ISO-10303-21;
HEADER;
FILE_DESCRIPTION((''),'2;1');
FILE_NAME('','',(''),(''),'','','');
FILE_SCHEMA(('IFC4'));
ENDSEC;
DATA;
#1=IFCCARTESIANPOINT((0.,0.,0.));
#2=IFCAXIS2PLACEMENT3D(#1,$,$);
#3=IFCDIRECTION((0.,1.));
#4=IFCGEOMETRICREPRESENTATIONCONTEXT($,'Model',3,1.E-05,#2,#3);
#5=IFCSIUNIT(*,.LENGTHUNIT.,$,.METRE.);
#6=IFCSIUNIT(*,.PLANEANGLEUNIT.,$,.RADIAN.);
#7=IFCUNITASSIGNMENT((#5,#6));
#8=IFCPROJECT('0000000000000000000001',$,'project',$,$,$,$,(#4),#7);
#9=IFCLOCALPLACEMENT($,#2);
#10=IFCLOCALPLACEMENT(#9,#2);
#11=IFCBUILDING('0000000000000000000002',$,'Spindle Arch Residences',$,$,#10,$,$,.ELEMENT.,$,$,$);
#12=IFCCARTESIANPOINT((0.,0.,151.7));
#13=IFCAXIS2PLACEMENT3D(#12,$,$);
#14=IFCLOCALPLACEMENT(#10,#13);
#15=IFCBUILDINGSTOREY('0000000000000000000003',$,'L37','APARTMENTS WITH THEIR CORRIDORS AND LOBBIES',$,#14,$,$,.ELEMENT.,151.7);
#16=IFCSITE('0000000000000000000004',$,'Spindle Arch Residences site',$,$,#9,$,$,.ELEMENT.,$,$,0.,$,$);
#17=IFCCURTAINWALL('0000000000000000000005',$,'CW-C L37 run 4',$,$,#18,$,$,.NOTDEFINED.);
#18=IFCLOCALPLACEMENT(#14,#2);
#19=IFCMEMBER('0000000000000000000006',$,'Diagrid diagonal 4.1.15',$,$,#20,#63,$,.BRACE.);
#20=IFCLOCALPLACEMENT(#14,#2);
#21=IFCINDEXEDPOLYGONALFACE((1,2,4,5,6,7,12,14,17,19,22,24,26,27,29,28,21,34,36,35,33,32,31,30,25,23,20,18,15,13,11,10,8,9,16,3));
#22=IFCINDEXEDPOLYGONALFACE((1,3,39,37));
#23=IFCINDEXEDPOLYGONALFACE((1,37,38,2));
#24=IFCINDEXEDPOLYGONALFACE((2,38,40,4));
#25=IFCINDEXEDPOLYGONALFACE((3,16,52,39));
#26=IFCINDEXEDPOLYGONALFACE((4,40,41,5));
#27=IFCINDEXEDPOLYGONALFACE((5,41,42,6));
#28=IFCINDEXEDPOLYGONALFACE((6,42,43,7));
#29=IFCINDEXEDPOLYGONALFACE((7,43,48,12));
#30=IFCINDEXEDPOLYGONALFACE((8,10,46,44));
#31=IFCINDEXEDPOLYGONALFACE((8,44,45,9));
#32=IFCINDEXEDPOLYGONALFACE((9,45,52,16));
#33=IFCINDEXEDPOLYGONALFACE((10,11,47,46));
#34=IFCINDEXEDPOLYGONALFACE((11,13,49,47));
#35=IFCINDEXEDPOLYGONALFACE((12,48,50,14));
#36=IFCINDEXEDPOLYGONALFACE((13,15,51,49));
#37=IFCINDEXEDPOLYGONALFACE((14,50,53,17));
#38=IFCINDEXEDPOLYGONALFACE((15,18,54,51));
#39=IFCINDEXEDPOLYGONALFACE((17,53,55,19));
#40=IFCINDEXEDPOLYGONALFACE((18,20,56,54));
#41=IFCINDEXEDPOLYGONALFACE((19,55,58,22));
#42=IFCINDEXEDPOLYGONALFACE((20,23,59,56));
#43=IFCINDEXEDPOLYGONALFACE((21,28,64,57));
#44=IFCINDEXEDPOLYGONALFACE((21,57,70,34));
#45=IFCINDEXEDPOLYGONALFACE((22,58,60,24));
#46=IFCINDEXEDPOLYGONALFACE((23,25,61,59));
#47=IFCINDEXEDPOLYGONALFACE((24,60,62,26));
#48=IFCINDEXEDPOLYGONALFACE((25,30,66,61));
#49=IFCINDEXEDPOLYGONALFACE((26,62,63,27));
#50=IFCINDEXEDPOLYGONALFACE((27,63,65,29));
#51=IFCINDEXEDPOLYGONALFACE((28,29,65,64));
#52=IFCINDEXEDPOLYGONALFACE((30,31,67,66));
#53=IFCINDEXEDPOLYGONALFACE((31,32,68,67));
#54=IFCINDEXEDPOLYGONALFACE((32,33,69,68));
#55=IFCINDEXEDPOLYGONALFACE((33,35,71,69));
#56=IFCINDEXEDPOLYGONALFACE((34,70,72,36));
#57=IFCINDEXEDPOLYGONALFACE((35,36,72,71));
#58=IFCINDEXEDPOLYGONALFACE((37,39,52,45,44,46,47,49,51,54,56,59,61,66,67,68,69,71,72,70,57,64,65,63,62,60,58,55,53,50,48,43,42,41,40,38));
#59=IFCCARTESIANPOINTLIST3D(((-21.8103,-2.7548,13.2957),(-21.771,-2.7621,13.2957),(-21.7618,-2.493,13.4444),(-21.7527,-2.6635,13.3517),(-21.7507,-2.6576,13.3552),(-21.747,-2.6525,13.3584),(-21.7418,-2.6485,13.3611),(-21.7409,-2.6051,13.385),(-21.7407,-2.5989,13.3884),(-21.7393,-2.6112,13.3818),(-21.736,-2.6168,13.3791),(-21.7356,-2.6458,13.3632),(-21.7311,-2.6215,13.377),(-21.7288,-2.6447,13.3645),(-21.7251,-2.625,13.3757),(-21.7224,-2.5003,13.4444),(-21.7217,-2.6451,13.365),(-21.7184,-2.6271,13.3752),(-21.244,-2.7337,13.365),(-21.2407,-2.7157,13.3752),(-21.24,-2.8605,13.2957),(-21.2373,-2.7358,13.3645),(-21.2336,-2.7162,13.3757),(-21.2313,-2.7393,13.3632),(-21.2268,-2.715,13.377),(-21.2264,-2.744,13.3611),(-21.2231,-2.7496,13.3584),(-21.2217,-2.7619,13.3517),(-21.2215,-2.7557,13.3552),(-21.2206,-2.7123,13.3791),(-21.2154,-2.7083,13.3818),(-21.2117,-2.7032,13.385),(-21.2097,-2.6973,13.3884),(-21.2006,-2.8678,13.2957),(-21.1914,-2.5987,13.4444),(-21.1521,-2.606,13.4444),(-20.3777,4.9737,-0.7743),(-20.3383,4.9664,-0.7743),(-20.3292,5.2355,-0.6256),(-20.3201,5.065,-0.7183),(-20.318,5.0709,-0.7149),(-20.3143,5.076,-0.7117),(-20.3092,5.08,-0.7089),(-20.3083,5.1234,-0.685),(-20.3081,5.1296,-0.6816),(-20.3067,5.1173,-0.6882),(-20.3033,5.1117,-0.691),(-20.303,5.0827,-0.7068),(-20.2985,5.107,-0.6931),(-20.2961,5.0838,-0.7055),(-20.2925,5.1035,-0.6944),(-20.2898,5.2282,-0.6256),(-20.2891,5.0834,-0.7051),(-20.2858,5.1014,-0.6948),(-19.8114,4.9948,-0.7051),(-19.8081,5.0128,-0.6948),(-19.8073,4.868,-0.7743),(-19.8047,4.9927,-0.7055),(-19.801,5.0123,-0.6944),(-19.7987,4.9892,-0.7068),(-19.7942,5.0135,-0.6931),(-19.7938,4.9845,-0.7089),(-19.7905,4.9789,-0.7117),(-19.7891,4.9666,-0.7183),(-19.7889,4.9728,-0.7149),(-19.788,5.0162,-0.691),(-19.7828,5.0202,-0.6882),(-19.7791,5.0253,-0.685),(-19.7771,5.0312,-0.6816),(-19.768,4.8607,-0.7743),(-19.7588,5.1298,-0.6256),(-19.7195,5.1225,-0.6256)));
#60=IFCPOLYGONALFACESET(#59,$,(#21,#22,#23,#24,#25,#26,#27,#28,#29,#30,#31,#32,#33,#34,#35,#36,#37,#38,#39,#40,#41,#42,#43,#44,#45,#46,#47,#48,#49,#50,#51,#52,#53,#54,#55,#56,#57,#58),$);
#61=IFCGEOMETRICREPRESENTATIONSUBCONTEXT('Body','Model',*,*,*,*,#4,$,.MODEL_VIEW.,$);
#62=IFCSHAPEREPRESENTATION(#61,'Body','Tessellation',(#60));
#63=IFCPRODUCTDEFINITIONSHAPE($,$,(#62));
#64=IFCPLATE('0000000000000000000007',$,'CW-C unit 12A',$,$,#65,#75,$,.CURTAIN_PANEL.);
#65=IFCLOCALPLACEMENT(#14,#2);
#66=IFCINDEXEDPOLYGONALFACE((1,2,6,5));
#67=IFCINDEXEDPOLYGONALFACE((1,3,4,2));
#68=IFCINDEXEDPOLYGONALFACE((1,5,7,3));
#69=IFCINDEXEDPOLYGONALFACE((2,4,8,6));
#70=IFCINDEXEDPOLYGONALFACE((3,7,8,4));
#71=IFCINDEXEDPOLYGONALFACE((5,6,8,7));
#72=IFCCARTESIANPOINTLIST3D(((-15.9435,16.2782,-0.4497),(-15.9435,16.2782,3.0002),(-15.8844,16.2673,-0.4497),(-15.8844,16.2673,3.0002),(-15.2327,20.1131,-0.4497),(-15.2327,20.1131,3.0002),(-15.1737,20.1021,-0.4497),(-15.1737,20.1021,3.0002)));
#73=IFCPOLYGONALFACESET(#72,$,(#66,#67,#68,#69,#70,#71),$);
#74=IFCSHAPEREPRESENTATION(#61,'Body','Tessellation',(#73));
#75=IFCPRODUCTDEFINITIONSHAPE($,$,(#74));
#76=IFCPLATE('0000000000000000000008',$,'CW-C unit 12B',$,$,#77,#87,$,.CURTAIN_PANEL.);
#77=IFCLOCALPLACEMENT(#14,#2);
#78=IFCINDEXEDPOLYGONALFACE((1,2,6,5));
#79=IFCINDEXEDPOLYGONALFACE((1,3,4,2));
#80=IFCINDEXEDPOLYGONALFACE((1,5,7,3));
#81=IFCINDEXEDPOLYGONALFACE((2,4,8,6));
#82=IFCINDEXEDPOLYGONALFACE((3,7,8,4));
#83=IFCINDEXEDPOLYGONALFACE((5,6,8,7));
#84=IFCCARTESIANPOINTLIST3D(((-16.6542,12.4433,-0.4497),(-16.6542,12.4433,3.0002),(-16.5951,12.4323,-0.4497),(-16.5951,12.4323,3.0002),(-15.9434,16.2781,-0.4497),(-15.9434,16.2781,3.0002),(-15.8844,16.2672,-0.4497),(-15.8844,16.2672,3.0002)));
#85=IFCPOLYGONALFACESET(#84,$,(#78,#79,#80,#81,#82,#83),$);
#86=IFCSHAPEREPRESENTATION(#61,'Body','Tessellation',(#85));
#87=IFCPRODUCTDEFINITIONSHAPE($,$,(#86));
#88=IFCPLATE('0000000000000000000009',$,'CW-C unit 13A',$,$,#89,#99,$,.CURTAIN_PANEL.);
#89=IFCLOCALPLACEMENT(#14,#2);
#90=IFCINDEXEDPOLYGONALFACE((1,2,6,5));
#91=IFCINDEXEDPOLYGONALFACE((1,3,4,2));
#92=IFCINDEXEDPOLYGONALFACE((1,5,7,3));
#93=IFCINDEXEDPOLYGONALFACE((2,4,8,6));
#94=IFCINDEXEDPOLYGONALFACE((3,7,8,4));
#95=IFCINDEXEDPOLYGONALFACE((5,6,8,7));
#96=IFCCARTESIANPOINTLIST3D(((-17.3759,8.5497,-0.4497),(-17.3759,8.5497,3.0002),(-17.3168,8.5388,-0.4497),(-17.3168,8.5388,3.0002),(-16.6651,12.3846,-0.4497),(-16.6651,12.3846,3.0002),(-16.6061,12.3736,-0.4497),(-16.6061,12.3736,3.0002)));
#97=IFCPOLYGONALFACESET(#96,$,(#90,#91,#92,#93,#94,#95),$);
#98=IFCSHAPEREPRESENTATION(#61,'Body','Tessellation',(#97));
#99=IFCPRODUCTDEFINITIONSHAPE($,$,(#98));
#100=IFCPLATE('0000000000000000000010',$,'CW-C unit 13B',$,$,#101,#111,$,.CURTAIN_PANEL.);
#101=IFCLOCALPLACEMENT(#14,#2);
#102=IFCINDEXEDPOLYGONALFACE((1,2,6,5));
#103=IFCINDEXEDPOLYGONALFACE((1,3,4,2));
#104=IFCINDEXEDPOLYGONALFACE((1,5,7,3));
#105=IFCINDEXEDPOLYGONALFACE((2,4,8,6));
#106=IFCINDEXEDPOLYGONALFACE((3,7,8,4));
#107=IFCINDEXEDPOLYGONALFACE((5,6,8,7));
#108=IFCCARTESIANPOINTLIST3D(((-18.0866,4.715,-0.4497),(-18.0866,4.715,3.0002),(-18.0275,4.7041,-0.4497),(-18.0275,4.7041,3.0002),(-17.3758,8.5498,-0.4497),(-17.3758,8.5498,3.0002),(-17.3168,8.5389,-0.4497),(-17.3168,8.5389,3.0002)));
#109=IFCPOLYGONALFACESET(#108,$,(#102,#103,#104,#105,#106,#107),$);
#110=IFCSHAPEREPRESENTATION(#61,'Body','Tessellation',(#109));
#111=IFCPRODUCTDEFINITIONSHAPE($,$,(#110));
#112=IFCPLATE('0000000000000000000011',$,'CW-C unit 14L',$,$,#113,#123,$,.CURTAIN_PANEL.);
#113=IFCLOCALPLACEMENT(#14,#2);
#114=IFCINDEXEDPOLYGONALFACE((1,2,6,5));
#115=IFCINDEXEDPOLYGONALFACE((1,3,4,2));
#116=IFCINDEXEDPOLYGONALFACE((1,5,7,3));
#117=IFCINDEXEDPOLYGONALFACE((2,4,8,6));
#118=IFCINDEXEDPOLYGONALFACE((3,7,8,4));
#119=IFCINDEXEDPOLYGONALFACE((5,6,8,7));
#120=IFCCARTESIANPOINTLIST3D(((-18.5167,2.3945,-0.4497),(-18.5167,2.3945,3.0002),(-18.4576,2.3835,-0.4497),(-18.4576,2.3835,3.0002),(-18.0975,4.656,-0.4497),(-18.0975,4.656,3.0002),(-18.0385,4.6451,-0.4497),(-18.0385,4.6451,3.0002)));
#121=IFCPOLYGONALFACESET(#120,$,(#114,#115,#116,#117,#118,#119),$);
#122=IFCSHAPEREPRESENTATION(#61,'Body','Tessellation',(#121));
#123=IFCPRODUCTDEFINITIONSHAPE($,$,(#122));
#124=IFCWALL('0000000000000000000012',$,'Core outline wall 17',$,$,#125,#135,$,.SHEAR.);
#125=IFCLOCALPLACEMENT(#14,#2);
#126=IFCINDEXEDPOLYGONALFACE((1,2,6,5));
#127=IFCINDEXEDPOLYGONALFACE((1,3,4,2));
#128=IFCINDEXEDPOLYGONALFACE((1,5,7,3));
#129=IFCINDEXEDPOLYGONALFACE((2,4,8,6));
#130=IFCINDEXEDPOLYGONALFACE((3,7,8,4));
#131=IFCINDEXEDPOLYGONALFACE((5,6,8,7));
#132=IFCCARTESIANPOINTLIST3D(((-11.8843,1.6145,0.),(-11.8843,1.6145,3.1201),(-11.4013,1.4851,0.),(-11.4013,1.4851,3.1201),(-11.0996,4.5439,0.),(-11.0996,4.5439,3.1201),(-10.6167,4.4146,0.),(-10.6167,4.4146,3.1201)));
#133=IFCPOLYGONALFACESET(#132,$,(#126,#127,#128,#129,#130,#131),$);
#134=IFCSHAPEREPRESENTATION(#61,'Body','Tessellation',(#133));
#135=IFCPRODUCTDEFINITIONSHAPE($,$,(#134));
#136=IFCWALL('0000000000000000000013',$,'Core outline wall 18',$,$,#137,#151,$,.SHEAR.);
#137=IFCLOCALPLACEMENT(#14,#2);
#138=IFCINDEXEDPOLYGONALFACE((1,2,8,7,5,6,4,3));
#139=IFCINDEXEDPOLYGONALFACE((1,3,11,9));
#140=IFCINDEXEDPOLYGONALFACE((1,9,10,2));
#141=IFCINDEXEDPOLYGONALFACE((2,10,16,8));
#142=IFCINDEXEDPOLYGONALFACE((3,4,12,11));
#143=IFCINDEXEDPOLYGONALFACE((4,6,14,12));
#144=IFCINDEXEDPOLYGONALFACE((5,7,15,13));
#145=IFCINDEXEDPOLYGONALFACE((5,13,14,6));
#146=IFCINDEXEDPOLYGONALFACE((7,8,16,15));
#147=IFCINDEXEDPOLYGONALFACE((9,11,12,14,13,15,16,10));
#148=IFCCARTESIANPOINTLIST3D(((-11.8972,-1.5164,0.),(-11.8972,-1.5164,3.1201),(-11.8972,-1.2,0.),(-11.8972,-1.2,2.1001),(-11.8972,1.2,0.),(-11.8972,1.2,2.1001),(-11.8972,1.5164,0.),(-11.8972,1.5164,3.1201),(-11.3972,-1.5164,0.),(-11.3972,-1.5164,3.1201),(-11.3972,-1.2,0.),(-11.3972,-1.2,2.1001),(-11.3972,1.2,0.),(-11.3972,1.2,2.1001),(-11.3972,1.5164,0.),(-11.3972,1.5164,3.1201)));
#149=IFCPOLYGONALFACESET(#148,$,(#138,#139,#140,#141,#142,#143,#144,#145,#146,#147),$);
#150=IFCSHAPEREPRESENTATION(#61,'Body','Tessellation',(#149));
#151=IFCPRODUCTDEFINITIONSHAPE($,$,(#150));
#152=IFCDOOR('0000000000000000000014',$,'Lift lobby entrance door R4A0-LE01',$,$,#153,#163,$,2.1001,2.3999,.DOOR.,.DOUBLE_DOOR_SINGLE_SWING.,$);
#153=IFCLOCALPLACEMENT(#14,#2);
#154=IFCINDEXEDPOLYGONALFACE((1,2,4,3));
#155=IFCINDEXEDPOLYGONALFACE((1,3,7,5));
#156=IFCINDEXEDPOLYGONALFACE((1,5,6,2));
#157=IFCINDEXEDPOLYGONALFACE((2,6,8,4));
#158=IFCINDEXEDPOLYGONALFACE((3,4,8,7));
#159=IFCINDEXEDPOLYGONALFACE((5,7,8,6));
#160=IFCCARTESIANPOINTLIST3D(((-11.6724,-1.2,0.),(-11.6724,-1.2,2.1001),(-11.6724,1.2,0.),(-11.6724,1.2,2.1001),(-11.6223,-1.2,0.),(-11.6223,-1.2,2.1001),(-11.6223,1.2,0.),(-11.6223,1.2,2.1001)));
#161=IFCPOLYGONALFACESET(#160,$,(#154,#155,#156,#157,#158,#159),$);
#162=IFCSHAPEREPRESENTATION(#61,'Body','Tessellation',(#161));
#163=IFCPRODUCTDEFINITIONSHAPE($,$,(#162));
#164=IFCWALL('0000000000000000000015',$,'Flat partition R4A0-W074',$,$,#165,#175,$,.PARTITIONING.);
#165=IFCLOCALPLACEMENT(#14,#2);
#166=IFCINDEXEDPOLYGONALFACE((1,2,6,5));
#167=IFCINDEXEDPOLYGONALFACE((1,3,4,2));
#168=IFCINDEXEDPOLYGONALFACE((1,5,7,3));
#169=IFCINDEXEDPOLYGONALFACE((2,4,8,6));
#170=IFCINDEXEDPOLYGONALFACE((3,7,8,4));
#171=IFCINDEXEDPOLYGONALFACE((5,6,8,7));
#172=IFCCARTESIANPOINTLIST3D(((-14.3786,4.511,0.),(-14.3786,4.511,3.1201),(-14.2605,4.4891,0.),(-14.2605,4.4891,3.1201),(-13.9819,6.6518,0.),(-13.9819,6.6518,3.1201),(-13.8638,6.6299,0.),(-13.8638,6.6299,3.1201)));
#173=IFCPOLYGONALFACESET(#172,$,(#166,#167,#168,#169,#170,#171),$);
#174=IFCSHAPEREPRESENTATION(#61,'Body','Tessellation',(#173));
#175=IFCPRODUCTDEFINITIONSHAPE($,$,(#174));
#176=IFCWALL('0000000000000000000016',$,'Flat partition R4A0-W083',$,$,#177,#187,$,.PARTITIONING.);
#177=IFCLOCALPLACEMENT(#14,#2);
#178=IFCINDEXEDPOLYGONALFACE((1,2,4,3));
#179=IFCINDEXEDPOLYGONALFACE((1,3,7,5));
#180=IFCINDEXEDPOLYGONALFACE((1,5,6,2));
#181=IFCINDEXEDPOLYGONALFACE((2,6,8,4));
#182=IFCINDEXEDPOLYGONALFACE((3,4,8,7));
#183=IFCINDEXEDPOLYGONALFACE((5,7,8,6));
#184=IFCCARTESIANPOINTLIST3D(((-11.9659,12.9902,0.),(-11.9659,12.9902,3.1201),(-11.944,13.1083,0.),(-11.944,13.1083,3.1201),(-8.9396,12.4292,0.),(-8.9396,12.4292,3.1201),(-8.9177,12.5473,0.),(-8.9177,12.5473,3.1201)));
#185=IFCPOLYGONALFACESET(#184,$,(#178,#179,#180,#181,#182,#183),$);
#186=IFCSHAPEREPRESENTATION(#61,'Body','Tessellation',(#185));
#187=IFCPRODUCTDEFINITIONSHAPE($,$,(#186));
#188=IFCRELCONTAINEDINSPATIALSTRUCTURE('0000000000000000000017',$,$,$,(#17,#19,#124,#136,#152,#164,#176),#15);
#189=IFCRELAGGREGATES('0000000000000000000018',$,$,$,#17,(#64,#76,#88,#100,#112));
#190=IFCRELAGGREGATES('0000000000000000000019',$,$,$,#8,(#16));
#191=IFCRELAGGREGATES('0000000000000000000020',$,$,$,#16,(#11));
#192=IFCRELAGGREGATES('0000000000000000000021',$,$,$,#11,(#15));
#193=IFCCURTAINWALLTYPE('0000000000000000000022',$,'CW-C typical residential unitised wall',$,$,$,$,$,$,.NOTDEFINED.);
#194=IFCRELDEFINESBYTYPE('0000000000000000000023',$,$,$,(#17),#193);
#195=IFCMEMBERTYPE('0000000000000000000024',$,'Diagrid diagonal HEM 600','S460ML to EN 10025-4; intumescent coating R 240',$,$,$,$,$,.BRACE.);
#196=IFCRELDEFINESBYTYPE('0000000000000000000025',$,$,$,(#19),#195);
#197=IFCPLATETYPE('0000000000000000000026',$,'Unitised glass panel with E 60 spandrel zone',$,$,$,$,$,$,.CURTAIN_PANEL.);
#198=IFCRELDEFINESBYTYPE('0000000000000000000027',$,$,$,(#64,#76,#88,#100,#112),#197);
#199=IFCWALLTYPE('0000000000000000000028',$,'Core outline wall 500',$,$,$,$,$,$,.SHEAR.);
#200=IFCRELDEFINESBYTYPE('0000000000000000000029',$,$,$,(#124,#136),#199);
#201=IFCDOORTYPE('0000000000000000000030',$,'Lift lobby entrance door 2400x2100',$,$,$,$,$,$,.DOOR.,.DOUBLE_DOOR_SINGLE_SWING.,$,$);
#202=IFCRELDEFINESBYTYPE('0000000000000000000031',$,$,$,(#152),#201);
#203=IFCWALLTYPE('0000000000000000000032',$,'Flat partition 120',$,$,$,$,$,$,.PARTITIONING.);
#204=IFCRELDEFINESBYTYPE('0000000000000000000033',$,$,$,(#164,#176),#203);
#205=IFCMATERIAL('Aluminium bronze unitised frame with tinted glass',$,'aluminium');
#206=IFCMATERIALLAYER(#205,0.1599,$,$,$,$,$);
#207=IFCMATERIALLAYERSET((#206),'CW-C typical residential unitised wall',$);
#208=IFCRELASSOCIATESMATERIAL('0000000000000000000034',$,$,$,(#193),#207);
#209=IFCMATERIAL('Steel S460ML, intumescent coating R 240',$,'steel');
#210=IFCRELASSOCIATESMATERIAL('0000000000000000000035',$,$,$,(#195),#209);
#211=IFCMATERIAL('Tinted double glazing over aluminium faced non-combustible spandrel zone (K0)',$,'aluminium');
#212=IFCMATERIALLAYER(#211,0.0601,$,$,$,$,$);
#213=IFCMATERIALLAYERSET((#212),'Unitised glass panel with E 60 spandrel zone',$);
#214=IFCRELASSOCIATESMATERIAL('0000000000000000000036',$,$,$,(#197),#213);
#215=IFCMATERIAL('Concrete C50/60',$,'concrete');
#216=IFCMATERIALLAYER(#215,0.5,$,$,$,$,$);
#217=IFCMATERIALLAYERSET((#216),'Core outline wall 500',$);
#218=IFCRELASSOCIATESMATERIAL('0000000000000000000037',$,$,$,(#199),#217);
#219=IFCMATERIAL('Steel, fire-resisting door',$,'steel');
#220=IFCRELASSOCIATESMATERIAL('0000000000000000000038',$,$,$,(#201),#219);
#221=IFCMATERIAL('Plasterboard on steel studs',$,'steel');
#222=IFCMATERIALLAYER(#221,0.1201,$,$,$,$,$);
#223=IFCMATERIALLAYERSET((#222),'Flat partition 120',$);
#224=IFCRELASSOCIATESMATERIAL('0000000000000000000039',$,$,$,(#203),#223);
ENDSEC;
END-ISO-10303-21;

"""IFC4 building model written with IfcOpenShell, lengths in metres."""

from ifc_helpers import new_model, si_unit, direction, frame, frame_2d, origin, origin_2d, place, context, subcontext, project, spatial, rectangle, i_section, extrude, material, layer, layer_set, material_profile, profile_set, type_object, element, fill, aggregate, save


model = new_model("IFC4")

# Units and contexts
model_context = context("Model", 3, precision=1e-05, world=origin(), true_north=direction((0.0, 1.0)))
body_context = subcontext(model_context, "Body", "Model", "MODEL_VIEW")
ifc_project = project(units=[si_unit("LENGTHUNIT", "METRE"), si_unit("PLANEANGLEUNIT", "RADIAN")], contexts=[model_context])

# Site, building, storey
site_placement = place(None, origin())
site = spatial("IfcSite", under=ifc_project, at=site_placement, Name="Spindle Arch Residences site", CompositionType="ELEMENT", RefElevation=0.0)
building_placement = place(site_placement, origin())
building = spatial("IfcBuilding", under=site, at=building_placement, Name="Spindle Arch Residences", CompositionType="ELEMENT")
storey_placement = place(building_placement, frame((0.0, 0.0, 151.7)))
storey = spatial("IfcBuildingStorey", under=building, at=storey_placement, Name="L37", Description="APARTMENTS WITH THEIR CORRIDORS AND LOBBIES", CompositionType="ELEMENT", Elevation=151.7)

# Curtain wall
ifc_material_1 = material(Name="Aluminium bronze unitised frame with tinted glass", Category="aluminium")
ifc_layer_1 = layer(ifc_material_1, 0.1599)
ifc_layer_set_1 = layer_set([ifc_layer_1], Name="CW-C typical residential unitised wall")
curtain_wall_type = type_object("IfcCurtainWallType", Name="CW-C typical residential unitised wall", PredefinedType="NOTDEFINED", material=ifc_layer_set_1)
curtain_wall_placement = place(storey_placement, origin())
curtain_wall = element("IfcCurtainWall", 1, at=curtain_wall_placement, inside=storey, type_object=curtain_wall_type, Name="CW-C L37 run 4", PredefinedType="NOTDEFINED")

# Member
ifc_material_2 = material(Name="Steel S460ML, intumescent coating R 240", Category="steel")
ifc_material_profile_1 = material_profile(ifc_material_2, i_section(OverallWidth=0.3049, OverallDepth=0.6201, WebThickness=0.021, FlangeThickness=0.04, FilletRadius=0.0271, at=origin_2d()), Name="HEM 600")
ifc_profile_set_1 = profile_set([ifc_material_profile_1], Name="Steel S460ML, intumescent coating R 240")
member_type_1 = type_object("IfcMemberType", Name="Diagrid diagonal HEM 600", Description="S460ML to EN 10025-4; intumescent coating R 240", PredefinedType="BRACE", material=ifc_profile_set_1)
for number, where, z_axis, x_axis, name in (
    (2, (-20.0486, 5.0481, -0.7), (-0.08889, -0.479534, 0.87301), (0.159117, 0.858387, 0.487703), "Diagrid diagonal 4.1.15"),
):
    element("IfcMember", number, at=place(storey_placement, frame(where, z_axis=z_axis, x_axis=x_axis)), inside=storey, type_object=member_type_1, Name=name, PredefinedType="BRACE", context=body_context, shape_type="SweptSolid", body=[
        extrude(i_section(OverallWidth=0.3049, OverallDepth=0.6201, WebThickness=0.021, FlangeThickness=0.04, FilletRadius=0.0271, at=origin_2d()), origin(), (0.0, 0.0, 1.0), 16.1167),
    ])

# Plates
ifc_material_3 = material(Name="Tinted double glazing over aluminium faced non-combustible spandrel zone (K0)", Category="aluminium")
ifc_layer_2 = layer(ifc_material_3, 0.0601)
ifc_layer_set_2 = layer_set([ifc_layer_2], Name="Unitised glass panel with E 60 spandrel zone")
plate_type = type_object("IfcPlateType", Name="Unitised glass panel with E 60 spandrel zone", PredefinedType="CURTAIN_PANEL", material=ifc_layer_set_2)
plate_1_placement = place(storey_placement, frame((-15.5586, 18.1902, -0.4497), z_axis=(0.0, 0.0, 1.0), x_axis=(-0.182236, -0.983255, 0.0)))
plate_1 = element("IfcPlate", 3, at=plate_1_placement, type_object=plate_type, Name="CW-C unit 12A", PredefinedType="CURTAIN_PANEL", context=body_context, shape_type="SweptSolid", body=[
    extrude(rectangle(XDim=3.9001, YDim=0.0601, at=origin_2d()), origin(), (0.0, 0.0, 1.0), 3.45),
])
plate_2_placement = place(storey_placement, frame((-16.2693, 14.3552, -0.4497), z_axis=(0.0, 0.0, 1.0), x_axis=(-0.182236, -0.983255, 0.0)))
plate_2 = element("IfcPlate", 4, at=plate_2_placement, type_object=plate_type, Name="CW-C unit 12B", PredefinedType="CURTAIN_PANEL", context=body_context, shape_type="SweptSolid", body=[
    extrude(rectangle(XDim=3.9001, YDim=0.0601, at=origin_2d()), origin(), (0.0, 0.0, 1.0), 3.45),
])
plate_3_placement = place(storey_placement, frame((-16.991, 10.4617, -0.4497), z_axis=(0.0, 0.0, 1.0), x_axis=(-0.182236, -0.983255, 0.0)))
plate_3 = element("IfcPlate", 5, at=plate_3_placement, type_object=plate_type, Name="CW-C unit 13A", PredefinedType="CURTAIN_PANEL", context=body_context, shape_type="SweptSolid", body=[
    extrude(rectangle(XDim=3.9001, YDim=0.0601, at=origin_2d()), origin(), (0.0, 0.0, 1.0), 3.45),
])
plate_4_placement = place(storey_placement, frame((-17.7017, 6.627, -0.4497), z_axis=(0.0, 0.0, 1.0), x_axis=(-0.182236, -0.983255, 0.0)))
plate_4 = element("IfcPlate", 6, at=plate_4_placement, type_object=plate_type, Name="CW-C unit 13B", PredefinedType="CURTAIN_PANEL", context=body_context, shape_type="SweptSolid", body=[
    extrude(rectangle(XDim=3.9001, YDim=0.0601, at=origin_2d()), origin(), (0.0, 0.0, 1.0), 3.45),
])
plate_5_placement = place(storey_placement, frame((-18.2776, 3.5198, -0.4497), z_axis=(0.0, 0.0, 1.0), x_axis=(-0.182236, -0.983255, 0.0)))
plate_5 = element("IfcPlate", 7, at=plate_5_placement, type_object=plate_type, Name="CW-C unit 14L", PredefinedType="CURTAIN_PANEL", context=body_context, shape_type="SweptSolid", body=[
    extrude(rectangle(XDim=2.3, YDim=0.0601, at=origin_2d()), origin(), (0.0, 0.0, 1.0), 3.45),
])
aggregate(curtain_wall, [plate_1, plate_2, plate_3, plate_4, plate_5])

# Wall
ifc_material_4 = material(Name="Concrete C50/60", Category="concrete")
ifc_layer_3 = layer(ifc_material_4, 0.5)
ifc_layer_set_3 = layer_set([ifc_layer_3], Name="Core outline wall 500")
wall_type_1 = type_object("IfcWallType", Name="Core outline wall 500", PredefinedType="SHEAR", material=ifc_layer_set_3)
wall_1_placement = place(storey_placement, frame((-10.8582, 4.4792, 0.0), z_axis=(0.0, 0.0, 1.0), x_axis=(-0.258735, -0.965948, 0.0)))
element("IfcWall", 8, at=wall_1_placement, inside=storey, type_object=wall_type_1, Name="Core outline wall 17", PredefinedType="SHEAR", context=body_context, shape_type="SweptSolid", body=[
    extrude(rectangle(XDim=3.0327, YDim=0.5, at=frame_2d((1.5164, 0.0))), origin(), (0.0, 0.0, 1.0), 3.1201),
])

# Wall, opening, door
wall_2_placement = place(storey_placement, frame((-11.6472, 1.5164, 0.0), z_axis=(0.0, 0.0, 1.0), x_axis=(0.0, -1.0, 0.0)))
wall_2 = element("IfcWall", 9, at=wall_2_placement, inside=storey, type_object=wall_type_1, Name="Core outline wall 18", PredefinedType="SHEAR", context=body_context, shape_type="SweptSolid", body=[
    extrude(rectangle(XDim=3.0327, YDim=0.5, at=frame_2d((1.5164, 0.0))), origin(), (0.0, 0.0, 1.0), 3.1201),
])
opening_1_placement = place(wall_2_placement, frame((0.3164, 0.0, 0.0)))
opening_1 = element("IfcOpeningElement", 10, at=opening_1_placement, cuts=wall_2, PredefinedType="OPENING", context=body_context, shape_type="SweptSolid", body=[
    extrude(rectangle(XDim=2.3999, YDim=2.1001, at=frame_2d((1.2, 1.05))), frame((0.0, 0.26, 0.0), z_axis=(0.0, -1.0, 0.0), x_axis=(1.0, 0.0, 0.0)), (0.0, 0.0, 1.0), 0.52),
])
ifc_material_5 = material(Name="Steel, fire-resisting door", Category="steel")
door_type_1 = type_object("IfcDoorType", Name="Lift lobby entrance door 2400x2100", OperationType="DOUBLE_DOOR_SINGLE_SWING", PredefinedType="DOOR", material=ifc_material_5)
door_1_placement = place(opening_1_placement, origin())
door_1 = element("IfcDoor", 11, at=door_1_placement, inside=storey, type_object=door_type_1, Name="Lift lobby entrance door R4A0-LE01", OperationType="DOUBLE_DOOR_SINGLE_SWING", OverallHeight=2.1001, OverallWidth=2.3999, PredefinedType="DOOR", context=body_context, shape_type="SweptSolid", body=[
    extrude(rectangle(XDim=2.3999, YDim=2.1001, at=frame_2d((1.2, 1.05))), frame((0.0, 0.0249, 0.0), z_axis=(0.0, -1.0, 0.0), x_axis=(1.0, 0.0, 0.0)), (0.0, 0.0, 1.0), 0.05),
])
fill(opening_1, door_1)

# Walls
ifc_material_6 = material(Name="Plasterboard on steel studs", Category="steel")
ifc_layer_4 = layer(ifc_material_6, 0.1201)
ifc_layer_set_4 = layer_set([ifc_layer_4], Name="Flat partition 120")
wall_type_2 = type_object("IfcWallType", Name="Flat partition 120", PredefinedType="PARTITIONING", material=ifc_layer_set_4)
wall_3_placement = place(storey_placement, frame((-13.9229, 6.6409, 0.0), z_axis=(0.0, 0.0, 1.0), x_axis=(-0.18221, -0.98326, 0.0)))
element("IfcWall", 12, at=wall_3_placement, inside=storey, type_object=wall_type_2, Name="Flat partition R4A0-W074", PredefinedType="PARTITIONING", context=body_context, shape_type="SweptSolid", body=[
    extrude(rectangle(XDim=2.1772, YDim=0.1201, at=frame_2d((1.0886, 0.0))), origin(), (0.0, 0.0, 1.0), 3.1201),
])
wall_4_placement = place(storey_placement, frame((-11.9551, 13.0493, 0.0), z_axis=(0.0, 0.0, 1.0), x_axis=(0.983247, -0.182277, 0.0)))
element("IfcWall", 13, at=wall_4_placement, inside=storey, type_object=wall_type_2, Name="Flat partition R4A0-W083", PredefinedType="PARTITIONING", context=body_context, shape_type="SweptSolid", body=[
    extrude(rectangle(XDim=3.0779, YDim=0.1201, at=frame_2d((1.5391, 0.0))), origin(), (0.0, 0.0, 1.0), 3.1201),
])

save(model, "model.ifc")
